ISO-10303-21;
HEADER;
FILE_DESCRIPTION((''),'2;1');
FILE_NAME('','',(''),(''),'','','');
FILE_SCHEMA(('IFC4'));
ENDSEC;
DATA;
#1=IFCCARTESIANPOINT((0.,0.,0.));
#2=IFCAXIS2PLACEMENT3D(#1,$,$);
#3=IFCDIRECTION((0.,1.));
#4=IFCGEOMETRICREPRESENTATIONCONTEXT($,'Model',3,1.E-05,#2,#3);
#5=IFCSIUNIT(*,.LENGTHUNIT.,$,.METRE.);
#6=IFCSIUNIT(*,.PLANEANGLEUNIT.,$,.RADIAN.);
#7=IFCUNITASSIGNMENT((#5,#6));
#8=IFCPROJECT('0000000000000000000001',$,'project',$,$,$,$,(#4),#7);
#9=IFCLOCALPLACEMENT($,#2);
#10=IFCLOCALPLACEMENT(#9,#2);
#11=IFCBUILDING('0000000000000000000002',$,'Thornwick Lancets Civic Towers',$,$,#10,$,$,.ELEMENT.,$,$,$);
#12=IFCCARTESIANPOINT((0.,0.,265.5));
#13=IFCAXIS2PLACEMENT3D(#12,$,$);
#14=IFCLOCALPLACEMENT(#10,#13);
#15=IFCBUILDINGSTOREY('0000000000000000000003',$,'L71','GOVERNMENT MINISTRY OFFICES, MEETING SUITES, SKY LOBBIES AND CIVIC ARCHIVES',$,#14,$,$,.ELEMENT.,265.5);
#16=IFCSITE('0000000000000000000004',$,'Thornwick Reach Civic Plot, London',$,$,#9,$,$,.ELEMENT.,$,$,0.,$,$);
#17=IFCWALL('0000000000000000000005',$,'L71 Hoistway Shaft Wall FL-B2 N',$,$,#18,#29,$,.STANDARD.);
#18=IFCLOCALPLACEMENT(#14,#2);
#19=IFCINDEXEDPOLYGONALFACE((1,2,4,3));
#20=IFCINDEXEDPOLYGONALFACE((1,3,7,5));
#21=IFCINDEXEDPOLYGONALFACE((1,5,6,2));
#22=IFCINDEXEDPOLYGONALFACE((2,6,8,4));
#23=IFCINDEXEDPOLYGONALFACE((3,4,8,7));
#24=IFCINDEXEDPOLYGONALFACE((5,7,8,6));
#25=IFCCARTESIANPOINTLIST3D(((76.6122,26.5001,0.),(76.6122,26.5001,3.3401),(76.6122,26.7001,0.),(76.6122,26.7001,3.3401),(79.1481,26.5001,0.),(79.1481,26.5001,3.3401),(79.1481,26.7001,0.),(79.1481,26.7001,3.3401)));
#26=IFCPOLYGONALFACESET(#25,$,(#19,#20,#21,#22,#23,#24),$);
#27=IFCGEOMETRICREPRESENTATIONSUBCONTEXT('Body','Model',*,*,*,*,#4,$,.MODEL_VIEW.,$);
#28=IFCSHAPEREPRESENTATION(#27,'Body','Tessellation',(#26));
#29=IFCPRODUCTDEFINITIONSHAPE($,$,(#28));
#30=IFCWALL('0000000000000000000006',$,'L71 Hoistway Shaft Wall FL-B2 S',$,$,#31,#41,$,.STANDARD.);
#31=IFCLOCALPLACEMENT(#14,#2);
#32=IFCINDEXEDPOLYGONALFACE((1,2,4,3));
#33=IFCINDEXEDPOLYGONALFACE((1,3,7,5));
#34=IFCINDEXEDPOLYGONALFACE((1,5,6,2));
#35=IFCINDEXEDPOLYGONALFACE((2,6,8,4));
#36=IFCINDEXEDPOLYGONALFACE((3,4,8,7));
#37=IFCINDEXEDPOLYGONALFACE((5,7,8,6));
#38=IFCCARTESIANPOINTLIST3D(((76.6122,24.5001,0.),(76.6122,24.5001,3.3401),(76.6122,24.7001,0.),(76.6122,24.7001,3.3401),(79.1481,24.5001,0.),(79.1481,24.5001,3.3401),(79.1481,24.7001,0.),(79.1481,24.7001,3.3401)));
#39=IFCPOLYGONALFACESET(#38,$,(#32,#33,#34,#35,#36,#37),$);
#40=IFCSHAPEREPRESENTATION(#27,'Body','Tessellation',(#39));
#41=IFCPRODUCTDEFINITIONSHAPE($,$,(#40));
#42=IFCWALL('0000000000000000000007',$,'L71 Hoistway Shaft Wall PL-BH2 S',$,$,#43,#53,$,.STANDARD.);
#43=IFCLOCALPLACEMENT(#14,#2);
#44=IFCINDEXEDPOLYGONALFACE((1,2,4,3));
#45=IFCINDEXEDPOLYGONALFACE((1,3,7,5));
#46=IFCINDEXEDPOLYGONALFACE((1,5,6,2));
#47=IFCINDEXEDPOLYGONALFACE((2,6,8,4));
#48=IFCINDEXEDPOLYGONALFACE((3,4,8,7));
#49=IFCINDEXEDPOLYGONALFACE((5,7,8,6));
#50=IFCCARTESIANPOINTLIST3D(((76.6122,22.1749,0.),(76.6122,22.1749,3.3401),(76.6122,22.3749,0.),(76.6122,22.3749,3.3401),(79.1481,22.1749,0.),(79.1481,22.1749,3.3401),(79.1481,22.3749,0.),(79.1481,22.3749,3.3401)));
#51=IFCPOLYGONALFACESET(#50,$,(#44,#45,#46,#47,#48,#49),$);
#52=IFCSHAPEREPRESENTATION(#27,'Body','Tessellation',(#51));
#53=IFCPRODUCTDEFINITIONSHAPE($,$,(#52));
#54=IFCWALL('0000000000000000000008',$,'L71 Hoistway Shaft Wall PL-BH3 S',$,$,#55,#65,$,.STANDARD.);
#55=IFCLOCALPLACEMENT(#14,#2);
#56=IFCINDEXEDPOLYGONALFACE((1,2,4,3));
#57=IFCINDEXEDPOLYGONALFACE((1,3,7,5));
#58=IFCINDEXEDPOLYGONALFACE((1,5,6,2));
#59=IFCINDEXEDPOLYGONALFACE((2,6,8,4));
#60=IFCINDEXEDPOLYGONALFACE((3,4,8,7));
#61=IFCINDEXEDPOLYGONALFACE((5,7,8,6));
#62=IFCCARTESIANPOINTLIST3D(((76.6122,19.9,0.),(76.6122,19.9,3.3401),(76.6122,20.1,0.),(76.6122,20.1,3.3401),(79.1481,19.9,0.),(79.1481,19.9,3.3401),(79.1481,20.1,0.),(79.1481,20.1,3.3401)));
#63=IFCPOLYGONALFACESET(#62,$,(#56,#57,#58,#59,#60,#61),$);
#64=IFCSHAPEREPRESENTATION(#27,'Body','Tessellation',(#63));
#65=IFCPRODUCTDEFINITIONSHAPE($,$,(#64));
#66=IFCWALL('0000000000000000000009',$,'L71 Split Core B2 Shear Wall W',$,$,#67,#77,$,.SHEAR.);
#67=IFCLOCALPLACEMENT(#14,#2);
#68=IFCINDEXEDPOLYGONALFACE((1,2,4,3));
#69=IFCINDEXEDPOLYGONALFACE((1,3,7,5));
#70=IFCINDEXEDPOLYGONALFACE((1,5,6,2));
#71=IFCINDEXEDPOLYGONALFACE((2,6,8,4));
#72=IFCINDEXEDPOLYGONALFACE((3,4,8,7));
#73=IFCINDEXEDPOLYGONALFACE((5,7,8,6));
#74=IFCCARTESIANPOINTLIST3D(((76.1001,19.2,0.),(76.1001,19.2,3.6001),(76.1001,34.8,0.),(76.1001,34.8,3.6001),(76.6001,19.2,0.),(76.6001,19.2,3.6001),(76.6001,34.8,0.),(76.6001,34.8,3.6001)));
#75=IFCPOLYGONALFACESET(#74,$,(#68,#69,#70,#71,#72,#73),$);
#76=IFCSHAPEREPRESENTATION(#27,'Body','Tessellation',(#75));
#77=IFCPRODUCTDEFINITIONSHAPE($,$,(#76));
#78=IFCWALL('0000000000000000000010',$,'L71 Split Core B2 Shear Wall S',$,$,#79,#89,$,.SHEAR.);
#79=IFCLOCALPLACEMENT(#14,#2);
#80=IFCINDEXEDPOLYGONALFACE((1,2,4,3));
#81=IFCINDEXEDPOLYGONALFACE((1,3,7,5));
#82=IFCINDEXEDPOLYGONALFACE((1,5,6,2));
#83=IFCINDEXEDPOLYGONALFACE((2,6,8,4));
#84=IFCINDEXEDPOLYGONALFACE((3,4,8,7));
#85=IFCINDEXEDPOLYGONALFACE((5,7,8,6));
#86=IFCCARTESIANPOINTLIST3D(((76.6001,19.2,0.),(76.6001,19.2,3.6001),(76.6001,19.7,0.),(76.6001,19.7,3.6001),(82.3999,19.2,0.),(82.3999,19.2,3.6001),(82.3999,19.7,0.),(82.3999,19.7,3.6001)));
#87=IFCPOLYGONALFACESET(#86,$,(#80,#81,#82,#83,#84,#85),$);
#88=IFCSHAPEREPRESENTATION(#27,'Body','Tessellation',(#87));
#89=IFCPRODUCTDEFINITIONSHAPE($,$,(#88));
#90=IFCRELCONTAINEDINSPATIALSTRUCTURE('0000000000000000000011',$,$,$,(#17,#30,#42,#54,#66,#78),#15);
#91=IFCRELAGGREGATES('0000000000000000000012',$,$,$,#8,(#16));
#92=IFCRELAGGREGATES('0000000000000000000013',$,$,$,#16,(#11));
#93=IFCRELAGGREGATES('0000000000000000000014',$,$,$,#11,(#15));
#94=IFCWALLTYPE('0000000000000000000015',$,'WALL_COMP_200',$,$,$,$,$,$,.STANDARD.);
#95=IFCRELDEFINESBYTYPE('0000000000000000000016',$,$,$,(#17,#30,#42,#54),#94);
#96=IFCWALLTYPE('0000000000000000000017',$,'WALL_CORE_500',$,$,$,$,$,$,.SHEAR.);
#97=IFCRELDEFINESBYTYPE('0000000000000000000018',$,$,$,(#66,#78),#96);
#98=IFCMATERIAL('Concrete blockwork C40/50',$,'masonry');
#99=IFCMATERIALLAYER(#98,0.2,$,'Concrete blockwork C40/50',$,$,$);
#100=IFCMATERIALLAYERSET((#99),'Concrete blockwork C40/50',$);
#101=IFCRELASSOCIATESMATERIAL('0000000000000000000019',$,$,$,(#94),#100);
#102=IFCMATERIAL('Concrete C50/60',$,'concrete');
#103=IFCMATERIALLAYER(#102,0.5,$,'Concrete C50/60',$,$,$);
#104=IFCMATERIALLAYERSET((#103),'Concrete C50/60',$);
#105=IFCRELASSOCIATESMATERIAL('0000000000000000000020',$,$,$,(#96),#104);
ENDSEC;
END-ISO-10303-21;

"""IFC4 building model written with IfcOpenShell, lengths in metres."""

from ifc_helpers import new_model, si_unit, direction, frame, frame_2d, origin, place, context, subcontext, project, spatial, rectangle, extrude, material, layer, layer_set, type_object, element, save


model = new_model("IFC4")

# Units and contexts
model_context = context("Model", 3, precision=1e-05, world=origin(), true_north=direction((0.0, 1.0)))
body_context = subcontext(model_context, "Body", "Model", "MODEL_VIEW")
ifc_project = project(units=[si_unit("LENGTHUNIT", "METRE"), si_unit("PLANEANGLEUNIT", "RADIAN")], contexts=[model_context])

# Site, building, storey
site_placement = place(None, origin())
site = spatial("IfcSite", under=ifc_project, at=site_placement, Name="Thornwick Reach Civic Plot, London", CompositionType="ELEMENT", RefElevation=0.0)
building_placement = place(site_placement, origin())
building = spatial("IfcBuilding", under=site, at=building_placement, Name="Thornwick Lancets Civic Towers", CompositionType="ELEMENT")
storey_placement = place(building_placement, frame((0.0, 0.0, 265.5)))
storey = spatial("IfcBuildingStorey", under=building, at=storey_placement, Name="L71", Description="GOVERNMENT MINISTRY OFFICES, MEETING SUITES, SKY LOBBIES AND CIVIC ARCHIVES", CompositionType="ELEMENT", Elevation=265.5)

# Shared definitions
ifc_material_1 = material(Name="Concrete C50/60", Category="concrete")

# Shared definitions
ifc_material_2 = material(Name="Concrete blockwork C40/50", Category="masonry")
ifc_layer_1 = layer(ifc_material_2, 0.2, Name="Concrete blockwork C40/50")
ifc_layer_set_1 = layer_set([ifc_layer_1], Name="Concrete blockwork C40/50")
wall_type_1 = type_object("IfcWallType", Name="WALL_COMP_200", PredefinedType="STANDARD", material=ifc_layer_set_1)

# Walls
for number, where, z_axis, x_axis, name in (
    (1, (76.6121, 26.6001, 0.0), (0.0, 0.0, 1.0), (1.0, 0.0, 0.0), "L71 Hoistway Shaft Wall FL-B2 N"),
    (2, (76.6121, 24.6001, 0.0), (0.0, 0.0, 1.0), (1.0, 0.0, 0.0), "L71 Hoistway Shaft Wall FL-B2 S"),
    (3, (76.6121, 22.2749, 0.0), (0.0, 0.0, 1.0), (1.0, 0.0, 0.0), "L71 Hoistway Shaft Wall PL-BH2 S"),
    (4, (76.6121, 20.0, 0.0), (0.0, 0.0, 1.0), (1.0, 0.0, 0.0), "L71 Hoistway Shaft Wall PL-BH3 S"),
):
    element("IfcWall", number, at=place(storey_placement, frame(where, z_axis=z_axis, x_axis=x_axis)), inside=storey, type_object=wall_type_1, Name=name, PredefinedType="STANDARD", context=body_context, shape_type="SweptSolid", body=[
        extrude(rectangle(XDim=2.5359, YDim=0.2, at=frame_2d((1.2681, 0.0))), origin(), (0.0, 0.0, 1.0), 3.3401),
    ])
ifc_layer_2 = layer(ifc_material_1, 0.5, Name="Concrete C50/60")
ifc_layer_set_2 = layer_set([ifc_layer_2], Name="Concrete C50/60")
wall_type_2 = type_object("IfcWallType", Name="WALL_CORE_500", PredefinedType="SHEAR", material=ifc_layer_set_2)
wall_1_placement = place(storey_placement, frame((76.3501, 19.2, 0.0), z_axis=(0.0, 0.0, 1.0), x_axis=(0.0, 1.0, 0.0)))
element("IfcWall", 5, at=wall_1_placement, inside=storey, type_object=wall_type_2, Name="L71 Split Core B2 Shear Wall W", PredefinedType="SHEAR", context=body_context, shape_type="SweptSolid", body=[
    extrude(rectangle(XDim=15.6001, YDim=0.5, at=frame_2d((7.8, 0.0))), origin(), (0.0, 0.0, 1.0), 3.6001),
])
wall_2_placement = place(storey_placement, frame((76.6001, 19.45, 0.0), z_axis=(0.0, 0.0, 1.0), x_axis=(1.0, 0.0, 0.0)))
element("IfcWall", 6, at=wall_2_placement, inside=storey, type_object=wall_type_2, Name="L71 Split Core B2 Shear Wall S", PredefinedType="SHEAR", context=body_context, shape_type="SweptSolid", body=[
    extrude(rectangle(XDim=5.7998, YDim=0.5, at=frame_2d((2.8999, 0.0))), origin(), (0.0, 0.0, 1.0), 3.6001),
])

save(model, "model.ifc")
